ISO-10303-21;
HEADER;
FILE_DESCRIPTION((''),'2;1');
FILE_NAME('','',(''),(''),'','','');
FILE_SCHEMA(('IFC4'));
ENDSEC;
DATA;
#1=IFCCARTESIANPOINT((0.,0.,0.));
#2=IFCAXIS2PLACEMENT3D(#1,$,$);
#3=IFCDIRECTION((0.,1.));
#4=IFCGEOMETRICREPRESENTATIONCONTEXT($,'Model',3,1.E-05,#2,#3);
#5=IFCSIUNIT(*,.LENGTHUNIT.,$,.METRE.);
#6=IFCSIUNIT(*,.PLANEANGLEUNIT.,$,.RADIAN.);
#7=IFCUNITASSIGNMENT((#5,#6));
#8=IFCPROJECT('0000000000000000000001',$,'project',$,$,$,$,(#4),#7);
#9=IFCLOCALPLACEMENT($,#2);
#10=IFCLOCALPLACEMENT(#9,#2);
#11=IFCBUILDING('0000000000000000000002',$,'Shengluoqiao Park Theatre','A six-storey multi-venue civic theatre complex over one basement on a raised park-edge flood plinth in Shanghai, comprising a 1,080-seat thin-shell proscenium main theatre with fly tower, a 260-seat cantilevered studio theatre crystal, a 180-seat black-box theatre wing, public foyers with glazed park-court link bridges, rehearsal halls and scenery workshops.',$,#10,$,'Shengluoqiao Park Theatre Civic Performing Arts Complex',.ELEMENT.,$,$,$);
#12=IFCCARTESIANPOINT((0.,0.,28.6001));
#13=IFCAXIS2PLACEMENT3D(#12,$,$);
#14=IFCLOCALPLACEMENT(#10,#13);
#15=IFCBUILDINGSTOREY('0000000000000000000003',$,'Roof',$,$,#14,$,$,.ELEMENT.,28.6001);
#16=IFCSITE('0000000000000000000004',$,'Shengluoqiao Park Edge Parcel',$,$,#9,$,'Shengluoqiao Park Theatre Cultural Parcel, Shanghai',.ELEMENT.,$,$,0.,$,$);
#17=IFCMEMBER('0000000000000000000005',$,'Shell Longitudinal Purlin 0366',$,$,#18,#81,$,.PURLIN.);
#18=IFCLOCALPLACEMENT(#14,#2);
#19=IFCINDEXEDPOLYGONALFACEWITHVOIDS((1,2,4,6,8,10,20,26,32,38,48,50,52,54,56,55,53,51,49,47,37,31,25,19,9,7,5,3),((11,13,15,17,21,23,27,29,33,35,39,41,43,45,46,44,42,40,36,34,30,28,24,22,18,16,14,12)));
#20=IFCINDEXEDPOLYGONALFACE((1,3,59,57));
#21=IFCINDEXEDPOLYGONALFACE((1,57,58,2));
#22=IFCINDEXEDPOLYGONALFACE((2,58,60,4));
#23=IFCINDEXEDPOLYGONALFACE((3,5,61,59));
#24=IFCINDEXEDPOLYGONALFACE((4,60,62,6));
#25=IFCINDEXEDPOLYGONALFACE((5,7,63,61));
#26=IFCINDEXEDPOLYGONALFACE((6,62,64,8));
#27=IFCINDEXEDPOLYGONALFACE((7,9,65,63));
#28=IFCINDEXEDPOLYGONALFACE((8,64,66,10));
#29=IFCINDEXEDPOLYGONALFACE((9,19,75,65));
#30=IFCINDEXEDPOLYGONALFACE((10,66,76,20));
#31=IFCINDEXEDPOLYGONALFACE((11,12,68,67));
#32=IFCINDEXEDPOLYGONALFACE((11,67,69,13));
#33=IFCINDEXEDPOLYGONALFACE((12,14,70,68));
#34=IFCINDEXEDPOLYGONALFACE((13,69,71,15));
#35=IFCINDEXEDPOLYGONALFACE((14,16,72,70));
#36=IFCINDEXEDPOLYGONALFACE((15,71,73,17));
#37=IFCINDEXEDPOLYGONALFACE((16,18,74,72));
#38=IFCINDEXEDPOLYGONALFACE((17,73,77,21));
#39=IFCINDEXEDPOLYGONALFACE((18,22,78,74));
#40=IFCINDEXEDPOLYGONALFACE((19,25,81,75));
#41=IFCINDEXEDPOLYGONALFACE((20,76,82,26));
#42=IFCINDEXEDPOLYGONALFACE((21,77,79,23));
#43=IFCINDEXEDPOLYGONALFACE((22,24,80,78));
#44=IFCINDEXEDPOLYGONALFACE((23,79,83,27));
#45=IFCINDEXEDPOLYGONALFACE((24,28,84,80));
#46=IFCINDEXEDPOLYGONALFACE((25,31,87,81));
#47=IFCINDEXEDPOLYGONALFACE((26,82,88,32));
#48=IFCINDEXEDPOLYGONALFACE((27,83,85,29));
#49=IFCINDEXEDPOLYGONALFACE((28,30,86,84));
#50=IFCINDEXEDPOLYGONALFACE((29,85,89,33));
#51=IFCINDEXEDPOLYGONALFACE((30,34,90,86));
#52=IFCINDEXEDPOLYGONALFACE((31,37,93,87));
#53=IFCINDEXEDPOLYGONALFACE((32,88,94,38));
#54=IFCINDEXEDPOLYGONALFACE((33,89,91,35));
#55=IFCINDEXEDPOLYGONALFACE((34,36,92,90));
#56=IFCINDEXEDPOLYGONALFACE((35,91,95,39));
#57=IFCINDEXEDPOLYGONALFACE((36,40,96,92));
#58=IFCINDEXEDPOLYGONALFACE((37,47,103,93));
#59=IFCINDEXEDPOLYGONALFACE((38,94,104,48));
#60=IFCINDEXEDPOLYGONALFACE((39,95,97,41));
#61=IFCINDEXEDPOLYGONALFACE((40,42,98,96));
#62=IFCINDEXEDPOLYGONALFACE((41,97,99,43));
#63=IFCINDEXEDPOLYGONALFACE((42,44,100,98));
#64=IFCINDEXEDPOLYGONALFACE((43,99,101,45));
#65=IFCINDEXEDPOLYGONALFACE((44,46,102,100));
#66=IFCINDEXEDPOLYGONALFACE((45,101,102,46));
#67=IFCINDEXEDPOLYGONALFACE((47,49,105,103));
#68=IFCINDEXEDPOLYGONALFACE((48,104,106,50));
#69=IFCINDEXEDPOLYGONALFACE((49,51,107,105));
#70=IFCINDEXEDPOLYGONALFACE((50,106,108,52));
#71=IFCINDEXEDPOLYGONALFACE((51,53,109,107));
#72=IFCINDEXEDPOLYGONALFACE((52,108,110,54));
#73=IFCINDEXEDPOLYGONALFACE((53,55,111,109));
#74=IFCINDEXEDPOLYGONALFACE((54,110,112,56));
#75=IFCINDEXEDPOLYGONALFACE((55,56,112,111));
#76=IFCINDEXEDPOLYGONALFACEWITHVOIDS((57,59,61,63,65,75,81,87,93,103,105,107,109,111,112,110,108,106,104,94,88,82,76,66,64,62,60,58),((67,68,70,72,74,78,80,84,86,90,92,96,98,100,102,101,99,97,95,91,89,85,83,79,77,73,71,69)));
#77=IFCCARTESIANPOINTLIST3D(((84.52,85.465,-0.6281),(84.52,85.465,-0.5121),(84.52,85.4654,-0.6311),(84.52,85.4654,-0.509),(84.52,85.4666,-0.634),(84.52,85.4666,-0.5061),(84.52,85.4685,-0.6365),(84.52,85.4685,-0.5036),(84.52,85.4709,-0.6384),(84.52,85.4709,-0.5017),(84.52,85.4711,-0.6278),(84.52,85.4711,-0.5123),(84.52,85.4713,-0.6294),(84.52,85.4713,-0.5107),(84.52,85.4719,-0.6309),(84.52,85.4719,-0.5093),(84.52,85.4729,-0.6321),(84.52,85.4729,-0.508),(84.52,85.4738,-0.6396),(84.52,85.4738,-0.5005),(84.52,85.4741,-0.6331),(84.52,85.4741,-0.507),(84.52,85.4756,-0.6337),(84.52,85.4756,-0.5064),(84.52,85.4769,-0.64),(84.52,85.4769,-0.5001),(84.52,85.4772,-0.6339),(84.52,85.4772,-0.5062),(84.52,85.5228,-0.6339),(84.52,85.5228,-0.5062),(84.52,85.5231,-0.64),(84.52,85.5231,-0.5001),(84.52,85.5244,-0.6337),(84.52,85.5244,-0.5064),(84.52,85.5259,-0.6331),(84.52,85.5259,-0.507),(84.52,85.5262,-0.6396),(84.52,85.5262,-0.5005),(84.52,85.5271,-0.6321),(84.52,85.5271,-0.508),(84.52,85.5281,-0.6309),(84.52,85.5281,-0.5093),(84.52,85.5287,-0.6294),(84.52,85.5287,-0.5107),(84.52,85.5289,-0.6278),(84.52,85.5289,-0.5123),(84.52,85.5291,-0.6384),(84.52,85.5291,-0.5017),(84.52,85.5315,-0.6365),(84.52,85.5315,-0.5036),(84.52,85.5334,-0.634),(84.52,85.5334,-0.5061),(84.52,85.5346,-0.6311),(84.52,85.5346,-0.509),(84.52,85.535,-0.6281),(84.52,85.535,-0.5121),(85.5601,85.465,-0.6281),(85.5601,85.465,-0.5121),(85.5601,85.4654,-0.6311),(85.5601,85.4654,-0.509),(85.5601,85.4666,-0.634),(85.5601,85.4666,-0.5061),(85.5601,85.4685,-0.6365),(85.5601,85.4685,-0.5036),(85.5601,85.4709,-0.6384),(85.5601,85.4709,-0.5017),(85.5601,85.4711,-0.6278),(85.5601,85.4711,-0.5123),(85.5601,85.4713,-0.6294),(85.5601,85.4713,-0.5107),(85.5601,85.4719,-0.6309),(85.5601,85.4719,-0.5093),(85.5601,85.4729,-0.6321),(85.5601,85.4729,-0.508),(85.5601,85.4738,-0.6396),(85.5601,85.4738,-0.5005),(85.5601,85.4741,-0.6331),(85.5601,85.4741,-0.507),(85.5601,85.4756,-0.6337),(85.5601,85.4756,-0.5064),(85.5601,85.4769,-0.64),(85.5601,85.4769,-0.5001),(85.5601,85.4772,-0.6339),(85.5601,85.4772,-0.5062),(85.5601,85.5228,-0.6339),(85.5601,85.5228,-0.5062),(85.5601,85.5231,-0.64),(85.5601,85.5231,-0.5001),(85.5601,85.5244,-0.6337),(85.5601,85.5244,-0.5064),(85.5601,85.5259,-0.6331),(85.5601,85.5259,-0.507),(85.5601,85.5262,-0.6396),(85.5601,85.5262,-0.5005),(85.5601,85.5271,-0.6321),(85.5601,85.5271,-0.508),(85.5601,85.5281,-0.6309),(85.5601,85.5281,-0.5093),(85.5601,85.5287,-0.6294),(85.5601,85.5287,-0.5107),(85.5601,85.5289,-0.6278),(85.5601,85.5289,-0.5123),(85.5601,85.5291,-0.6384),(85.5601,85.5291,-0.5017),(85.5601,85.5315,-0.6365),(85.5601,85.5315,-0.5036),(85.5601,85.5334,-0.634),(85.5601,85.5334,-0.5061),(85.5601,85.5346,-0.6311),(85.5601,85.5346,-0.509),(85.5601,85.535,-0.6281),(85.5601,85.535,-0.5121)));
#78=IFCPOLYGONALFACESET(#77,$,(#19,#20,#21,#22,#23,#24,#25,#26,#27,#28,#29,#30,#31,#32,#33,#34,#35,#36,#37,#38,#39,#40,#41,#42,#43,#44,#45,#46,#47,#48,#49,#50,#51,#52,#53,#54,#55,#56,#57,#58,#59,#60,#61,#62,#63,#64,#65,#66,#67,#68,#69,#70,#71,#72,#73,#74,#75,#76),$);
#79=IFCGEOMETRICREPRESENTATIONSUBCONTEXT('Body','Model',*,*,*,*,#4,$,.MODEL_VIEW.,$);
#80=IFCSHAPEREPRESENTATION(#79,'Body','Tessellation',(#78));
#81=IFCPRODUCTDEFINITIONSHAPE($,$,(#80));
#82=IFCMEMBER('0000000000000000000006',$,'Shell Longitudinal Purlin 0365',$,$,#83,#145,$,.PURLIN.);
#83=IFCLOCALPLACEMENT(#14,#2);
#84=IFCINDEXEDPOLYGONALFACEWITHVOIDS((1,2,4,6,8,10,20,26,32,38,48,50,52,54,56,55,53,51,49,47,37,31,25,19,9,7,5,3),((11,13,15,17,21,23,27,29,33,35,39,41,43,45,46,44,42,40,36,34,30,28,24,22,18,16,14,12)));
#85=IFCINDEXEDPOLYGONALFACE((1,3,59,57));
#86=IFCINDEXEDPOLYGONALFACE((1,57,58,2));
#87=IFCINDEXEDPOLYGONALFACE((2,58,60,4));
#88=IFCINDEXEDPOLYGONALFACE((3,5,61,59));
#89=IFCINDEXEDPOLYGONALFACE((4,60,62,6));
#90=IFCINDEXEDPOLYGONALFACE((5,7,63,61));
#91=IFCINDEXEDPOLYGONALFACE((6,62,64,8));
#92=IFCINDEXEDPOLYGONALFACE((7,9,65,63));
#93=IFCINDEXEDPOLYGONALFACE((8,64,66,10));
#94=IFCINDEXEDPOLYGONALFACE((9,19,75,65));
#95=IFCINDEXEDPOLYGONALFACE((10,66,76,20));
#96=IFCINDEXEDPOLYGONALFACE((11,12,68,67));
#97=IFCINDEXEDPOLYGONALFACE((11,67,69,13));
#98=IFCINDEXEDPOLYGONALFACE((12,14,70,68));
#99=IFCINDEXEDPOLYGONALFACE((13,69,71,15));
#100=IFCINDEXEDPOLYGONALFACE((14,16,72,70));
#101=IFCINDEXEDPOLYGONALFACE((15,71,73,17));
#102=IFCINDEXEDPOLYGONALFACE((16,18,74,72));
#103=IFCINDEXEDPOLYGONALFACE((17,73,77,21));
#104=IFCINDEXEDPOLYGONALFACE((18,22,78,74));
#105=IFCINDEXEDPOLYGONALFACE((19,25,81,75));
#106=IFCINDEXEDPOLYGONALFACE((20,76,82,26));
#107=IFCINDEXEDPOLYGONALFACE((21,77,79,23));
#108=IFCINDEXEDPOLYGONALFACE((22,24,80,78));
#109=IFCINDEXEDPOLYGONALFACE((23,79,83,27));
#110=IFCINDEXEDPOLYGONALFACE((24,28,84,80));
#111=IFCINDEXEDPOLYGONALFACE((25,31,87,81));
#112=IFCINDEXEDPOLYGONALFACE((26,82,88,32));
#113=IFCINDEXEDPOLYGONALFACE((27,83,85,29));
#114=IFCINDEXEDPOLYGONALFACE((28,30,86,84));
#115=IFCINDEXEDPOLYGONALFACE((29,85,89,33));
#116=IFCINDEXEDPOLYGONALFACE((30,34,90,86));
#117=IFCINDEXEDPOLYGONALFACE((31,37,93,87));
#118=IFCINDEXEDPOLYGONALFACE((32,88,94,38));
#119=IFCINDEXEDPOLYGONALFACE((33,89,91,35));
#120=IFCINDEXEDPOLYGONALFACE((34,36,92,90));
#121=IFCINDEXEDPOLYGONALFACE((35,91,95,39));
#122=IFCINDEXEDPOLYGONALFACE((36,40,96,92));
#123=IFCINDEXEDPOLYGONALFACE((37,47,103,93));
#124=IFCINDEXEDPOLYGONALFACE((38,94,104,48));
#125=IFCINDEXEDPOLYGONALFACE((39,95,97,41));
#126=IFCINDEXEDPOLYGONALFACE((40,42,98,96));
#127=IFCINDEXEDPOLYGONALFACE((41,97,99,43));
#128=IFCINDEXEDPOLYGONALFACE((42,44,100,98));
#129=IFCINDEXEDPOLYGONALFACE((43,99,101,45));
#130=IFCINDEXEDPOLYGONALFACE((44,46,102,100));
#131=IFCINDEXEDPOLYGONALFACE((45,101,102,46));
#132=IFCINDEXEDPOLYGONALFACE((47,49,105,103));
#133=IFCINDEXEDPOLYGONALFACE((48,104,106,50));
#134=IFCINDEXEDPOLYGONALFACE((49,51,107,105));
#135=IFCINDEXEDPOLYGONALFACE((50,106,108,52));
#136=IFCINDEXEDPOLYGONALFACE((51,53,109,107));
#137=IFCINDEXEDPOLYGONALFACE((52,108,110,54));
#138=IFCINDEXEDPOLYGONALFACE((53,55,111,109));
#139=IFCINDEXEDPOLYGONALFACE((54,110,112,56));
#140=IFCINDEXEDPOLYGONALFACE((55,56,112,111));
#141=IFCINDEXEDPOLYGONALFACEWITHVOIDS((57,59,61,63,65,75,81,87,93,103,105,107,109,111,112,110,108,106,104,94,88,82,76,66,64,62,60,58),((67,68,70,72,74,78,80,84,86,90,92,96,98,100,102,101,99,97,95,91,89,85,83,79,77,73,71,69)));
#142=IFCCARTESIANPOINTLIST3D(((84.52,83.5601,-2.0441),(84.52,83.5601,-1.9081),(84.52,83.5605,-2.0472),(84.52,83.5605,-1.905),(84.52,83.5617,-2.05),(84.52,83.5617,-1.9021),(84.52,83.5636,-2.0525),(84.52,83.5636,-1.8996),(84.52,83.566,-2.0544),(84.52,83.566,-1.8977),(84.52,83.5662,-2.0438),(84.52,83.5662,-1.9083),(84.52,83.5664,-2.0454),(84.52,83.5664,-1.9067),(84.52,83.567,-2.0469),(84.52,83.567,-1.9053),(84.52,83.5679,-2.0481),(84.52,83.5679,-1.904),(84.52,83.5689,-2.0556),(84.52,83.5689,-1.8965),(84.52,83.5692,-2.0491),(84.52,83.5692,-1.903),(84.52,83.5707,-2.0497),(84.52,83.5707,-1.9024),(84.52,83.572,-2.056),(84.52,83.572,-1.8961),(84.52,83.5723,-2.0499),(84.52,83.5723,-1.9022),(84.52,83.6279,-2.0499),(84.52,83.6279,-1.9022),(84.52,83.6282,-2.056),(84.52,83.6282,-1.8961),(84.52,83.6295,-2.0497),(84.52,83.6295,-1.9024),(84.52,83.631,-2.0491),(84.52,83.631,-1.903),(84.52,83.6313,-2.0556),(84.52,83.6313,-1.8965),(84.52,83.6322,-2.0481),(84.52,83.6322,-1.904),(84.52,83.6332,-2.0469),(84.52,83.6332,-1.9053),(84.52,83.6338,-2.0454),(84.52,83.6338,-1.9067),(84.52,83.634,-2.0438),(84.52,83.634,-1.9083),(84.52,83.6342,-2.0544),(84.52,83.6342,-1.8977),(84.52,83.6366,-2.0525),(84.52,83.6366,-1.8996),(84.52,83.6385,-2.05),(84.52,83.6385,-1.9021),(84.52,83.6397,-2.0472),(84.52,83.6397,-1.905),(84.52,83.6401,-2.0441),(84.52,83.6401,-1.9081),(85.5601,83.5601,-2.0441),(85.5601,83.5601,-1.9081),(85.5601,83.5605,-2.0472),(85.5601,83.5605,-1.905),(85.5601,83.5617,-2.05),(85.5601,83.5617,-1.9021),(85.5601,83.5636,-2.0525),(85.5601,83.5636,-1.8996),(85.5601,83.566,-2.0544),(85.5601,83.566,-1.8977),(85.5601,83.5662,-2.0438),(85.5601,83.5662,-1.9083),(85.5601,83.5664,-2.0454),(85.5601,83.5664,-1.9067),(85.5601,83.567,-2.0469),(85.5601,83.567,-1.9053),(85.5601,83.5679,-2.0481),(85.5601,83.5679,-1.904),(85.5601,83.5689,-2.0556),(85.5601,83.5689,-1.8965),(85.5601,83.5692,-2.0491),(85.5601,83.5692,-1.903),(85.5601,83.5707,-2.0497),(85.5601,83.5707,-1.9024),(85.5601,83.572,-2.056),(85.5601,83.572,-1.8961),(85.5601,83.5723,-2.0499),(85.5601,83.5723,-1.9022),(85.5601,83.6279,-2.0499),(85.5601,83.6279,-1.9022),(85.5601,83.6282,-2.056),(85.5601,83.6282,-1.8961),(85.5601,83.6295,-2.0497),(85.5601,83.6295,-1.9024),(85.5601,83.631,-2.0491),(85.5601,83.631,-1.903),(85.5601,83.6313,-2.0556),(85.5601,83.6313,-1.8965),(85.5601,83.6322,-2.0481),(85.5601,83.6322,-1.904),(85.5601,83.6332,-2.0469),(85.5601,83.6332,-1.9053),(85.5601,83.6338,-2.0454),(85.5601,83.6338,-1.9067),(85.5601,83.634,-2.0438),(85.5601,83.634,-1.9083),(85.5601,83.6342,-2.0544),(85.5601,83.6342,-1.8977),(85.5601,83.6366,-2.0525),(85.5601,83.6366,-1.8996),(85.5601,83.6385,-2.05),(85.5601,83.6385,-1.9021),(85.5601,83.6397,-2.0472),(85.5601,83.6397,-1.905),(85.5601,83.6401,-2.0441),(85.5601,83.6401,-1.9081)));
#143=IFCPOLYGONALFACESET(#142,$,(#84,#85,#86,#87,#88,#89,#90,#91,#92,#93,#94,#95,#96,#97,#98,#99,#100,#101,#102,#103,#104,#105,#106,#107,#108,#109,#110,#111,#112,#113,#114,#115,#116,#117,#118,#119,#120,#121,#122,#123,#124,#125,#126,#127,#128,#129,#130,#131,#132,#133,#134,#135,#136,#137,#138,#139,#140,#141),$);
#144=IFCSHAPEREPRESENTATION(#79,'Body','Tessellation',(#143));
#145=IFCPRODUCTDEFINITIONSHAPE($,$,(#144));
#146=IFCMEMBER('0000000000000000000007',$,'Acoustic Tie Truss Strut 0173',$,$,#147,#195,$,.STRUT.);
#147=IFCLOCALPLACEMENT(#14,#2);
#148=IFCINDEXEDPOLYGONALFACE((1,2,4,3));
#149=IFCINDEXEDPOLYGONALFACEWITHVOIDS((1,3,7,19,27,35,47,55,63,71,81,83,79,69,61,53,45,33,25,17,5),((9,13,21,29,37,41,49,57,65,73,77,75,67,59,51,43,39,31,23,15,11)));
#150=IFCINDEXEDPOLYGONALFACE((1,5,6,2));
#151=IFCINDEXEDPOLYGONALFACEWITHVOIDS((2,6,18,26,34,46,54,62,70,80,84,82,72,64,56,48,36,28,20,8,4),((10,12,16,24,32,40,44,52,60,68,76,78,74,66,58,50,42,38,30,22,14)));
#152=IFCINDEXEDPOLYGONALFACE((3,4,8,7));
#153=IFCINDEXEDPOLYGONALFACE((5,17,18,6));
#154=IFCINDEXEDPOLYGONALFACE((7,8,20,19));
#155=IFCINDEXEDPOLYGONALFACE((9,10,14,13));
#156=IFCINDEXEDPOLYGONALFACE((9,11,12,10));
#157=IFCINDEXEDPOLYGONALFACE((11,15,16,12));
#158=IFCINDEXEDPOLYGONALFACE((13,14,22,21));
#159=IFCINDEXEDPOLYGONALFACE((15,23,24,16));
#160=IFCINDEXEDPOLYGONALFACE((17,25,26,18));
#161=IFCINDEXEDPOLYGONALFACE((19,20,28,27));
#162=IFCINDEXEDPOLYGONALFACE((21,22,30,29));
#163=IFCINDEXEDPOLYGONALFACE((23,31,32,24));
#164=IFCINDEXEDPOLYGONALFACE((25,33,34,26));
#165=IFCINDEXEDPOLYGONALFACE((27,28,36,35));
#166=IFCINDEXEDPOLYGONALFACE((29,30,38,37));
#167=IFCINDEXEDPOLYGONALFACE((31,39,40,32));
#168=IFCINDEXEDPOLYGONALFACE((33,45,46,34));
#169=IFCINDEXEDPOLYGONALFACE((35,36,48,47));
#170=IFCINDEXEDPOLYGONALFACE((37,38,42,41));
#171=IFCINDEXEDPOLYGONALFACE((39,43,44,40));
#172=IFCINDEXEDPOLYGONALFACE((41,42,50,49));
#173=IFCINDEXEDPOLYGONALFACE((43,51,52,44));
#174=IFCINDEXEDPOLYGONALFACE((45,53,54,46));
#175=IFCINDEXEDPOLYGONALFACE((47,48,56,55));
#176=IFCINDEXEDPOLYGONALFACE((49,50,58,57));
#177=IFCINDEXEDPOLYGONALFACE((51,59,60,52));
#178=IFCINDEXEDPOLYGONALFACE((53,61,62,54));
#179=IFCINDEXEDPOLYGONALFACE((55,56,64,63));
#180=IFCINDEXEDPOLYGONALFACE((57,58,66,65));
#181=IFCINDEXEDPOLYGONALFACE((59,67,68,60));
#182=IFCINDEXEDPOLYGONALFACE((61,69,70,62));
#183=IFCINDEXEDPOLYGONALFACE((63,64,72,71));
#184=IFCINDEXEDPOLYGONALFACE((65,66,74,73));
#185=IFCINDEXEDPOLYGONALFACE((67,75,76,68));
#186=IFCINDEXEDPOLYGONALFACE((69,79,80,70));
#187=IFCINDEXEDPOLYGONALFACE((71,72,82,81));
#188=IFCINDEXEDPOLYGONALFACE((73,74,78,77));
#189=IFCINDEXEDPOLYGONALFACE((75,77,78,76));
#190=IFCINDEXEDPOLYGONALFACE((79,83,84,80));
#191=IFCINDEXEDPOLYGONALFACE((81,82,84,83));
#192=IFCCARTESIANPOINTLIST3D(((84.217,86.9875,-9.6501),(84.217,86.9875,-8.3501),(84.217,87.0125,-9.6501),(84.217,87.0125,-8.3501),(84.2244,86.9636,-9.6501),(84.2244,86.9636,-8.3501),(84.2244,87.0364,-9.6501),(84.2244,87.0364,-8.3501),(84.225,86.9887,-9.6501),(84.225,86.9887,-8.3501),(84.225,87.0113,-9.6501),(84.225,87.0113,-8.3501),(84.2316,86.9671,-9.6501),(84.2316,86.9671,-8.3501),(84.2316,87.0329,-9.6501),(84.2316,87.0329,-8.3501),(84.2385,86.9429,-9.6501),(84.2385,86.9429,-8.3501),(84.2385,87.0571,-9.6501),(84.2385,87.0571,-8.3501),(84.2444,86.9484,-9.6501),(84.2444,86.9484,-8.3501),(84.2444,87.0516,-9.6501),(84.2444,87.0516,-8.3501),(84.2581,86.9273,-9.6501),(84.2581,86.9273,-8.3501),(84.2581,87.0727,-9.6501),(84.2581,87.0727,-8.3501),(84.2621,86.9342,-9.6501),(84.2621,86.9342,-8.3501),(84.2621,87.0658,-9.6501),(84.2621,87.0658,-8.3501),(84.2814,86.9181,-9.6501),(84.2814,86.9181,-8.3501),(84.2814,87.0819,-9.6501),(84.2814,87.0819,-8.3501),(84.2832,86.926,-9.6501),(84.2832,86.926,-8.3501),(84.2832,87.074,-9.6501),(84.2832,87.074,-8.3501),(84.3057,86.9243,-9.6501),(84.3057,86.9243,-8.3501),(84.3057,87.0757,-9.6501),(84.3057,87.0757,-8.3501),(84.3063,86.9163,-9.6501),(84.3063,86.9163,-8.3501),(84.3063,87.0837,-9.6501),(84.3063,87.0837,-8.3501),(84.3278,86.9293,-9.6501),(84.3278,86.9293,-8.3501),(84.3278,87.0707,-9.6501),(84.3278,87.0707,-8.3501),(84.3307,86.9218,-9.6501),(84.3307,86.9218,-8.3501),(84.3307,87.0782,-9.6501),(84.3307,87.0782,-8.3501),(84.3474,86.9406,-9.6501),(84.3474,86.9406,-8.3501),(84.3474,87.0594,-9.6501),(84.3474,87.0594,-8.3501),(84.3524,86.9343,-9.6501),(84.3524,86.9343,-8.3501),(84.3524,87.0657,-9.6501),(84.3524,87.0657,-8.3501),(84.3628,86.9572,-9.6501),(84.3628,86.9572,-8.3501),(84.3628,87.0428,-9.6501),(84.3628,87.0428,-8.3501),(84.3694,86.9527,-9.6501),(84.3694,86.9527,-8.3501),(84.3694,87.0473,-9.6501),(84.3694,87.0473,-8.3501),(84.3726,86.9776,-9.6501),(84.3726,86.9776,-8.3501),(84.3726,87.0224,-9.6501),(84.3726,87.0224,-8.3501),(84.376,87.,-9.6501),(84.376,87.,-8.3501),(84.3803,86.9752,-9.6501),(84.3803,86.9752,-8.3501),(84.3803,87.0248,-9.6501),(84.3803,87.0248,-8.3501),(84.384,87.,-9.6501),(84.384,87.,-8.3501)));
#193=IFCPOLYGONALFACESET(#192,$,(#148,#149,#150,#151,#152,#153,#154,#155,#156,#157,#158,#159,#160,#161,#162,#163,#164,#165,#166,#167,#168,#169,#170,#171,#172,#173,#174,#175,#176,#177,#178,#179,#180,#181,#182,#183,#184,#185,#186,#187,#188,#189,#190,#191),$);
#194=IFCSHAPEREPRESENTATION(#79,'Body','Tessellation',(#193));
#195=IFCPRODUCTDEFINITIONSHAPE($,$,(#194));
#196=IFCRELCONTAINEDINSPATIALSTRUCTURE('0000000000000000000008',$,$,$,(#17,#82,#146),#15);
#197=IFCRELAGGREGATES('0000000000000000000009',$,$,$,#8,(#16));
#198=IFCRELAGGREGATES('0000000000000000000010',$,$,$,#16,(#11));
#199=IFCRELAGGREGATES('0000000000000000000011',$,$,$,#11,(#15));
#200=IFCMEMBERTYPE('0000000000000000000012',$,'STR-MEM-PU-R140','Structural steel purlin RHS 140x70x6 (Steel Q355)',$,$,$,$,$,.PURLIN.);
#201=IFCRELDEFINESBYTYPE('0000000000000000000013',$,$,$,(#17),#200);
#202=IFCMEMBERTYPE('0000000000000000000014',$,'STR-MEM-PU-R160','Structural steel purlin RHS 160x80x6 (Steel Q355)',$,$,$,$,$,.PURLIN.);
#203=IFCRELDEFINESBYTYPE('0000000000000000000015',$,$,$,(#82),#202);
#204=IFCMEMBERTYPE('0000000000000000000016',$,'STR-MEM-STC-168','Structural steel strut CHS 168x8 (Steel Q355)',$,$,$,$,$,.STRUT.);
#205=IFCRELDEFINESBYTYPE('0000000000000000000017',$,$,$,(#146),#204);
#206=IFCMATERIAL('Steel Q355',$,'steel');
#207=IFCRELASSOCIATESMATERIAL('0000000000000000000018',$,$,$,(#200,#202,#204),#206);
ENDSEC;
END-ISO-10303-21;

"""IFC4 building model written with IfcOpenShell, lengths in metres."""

from ifc_helpers import new_model, si_unit, direction, frame, origin, origin_2d, place, context, subcontext, project, spatial, hollow_rectangle, hollow_circle, extrude, material, material_profile, profile_set, type_object, element, save


model = new_model("IFC4")

# Units and contexts
model_context = context("Model", 3, precision=1e-05, world=origin(), true_north=direction((0.0, 1.0)))
body_context = subcontext(model_context, "Body", "Model", "MODEL_VIEW")
ifc_project = project(units=[si_unit("LENGTHUNIT", "METRE"), si_unit("PLANEANGLEUNIT", "RADIAN")], contexts=[model_context])

# Site, building, storey
site_placement = place(None, origin())
site = spatial("IfcSite", under=ifc_project, at=site_placement, Name="Shengluoqiao Park Edge Parcel", LongName="Shengluoqiao Park Theatre Cultural Parcel, Shanghai", CompositionType="ELEMENT", RefElevation=0.0)
building_placement = place(site_placement, origin())
building = spatial("IfcBuilding", under=site, at=building_placement, Name="Shengluoqiao Park Theatre", Description="A six-storey multi-venue civic theatre complex over one basement on a raised park-edge flood plinth in Shanghai, comprising a 1,080-seat thin-shell proscenium main theatre with fly tower, a 260-seat cantilevered studio theatre crystal, a 180-seat black-box theatre wing, public foyers with glazed park-court link bridges, rehearsal halls and scenery workshops.", LongName="Shengluoqiao Park Theatre Civic Performing Arts Complex", CompositionType="ELEMENT")
storey_placement = place(building_placement, frame((0.0, 0.0, 28.6001)))
storey = spatial("IfcBuildingStorey", under=building, at=storey_placement, Name="Roof", CompositionType="ELEMENT", Elevation=28.6001)

# Shared definitions
ifc_material_1 = material(Name="Steel Q355", Category="steel")

# Members
ifc_material_profile_1 = material_profile(ifc_material_1, hollow_rectangle(XDim=0.0701, YDim=0.1399, WallThickness=0.0061, InnerFilletRadius=0.0061, OuterFilletRadius=0.012, at=origin_2d()), Name="RHS 140x70x6")
ifc_profile_set_1 = profile_set([ifc_material_profile_1], Name="Steel Q355")
member_type_1 = type_object("IfcMemberType", Name="STR-MEM-PU-R140", Description="Structural steel purlin RHS 140x70x6 (Steel Q355)", PredefinedType="PURLIN", material=ifc_profile_set_1)
member_1_placement = place(storey_placement, frame((84.52, 85.5, -0.5701), z_axis=(1.0, 0.0, 0.0), x_axis=(0.0, 1.0, 0.0)))
element("IfcMember", 1, at=member_1_placement, inside=storey, type_object=member_type_1, Name="Shell Longitudinal Purlin 0366", PredefinedType="PURLIN", context=body_context, shape_type="SweptSolid", body=[
    extrude(hollow_rectangle(XDim=0.0701, YDim=0.1399, WallThickness=0.0061, InnerFilletRadius=0.0061, OuterFilletRadius=0.012, at=origin_2d()), origin(), (0.0, 0.0, 1.0), 1.04),
])
ifc_material_profile_2 = material_profile(ifc_material_1, hollow_rectangle(XDim=0.0801, YDim=0.1599, WallThickness=0.0061, InnerFilletRadius=0.0061, OuterFilletRadius=0.012, at=origin_2d()), Name="RHS 160x80x6")
ifc_profile_set_2 = profile_set([ifc_material_profile_2], Name="Steel Q355")
member_type_2 = type_object("IfcMemberType", Name="STR-MEM-PU-R160", Description="Structural steel purlin RHS 160x80x6 (Steel Q355)", PredefinedType="PURLIN", material=ifc_profile_set_2)
member_2_placement = place(storey_placement, frame((84.52, 83.6001, -1.9761), z_axis=(1.0, 0.0, 0.0), x_axis=(0.0, 1.0, 0.0)))
element("IfcMember", 2, at=member_2_placement, inside=storey, type_object=member_type_2, Name="Shell Longitudinal Purlin 0365", PredefinedType="PURLIN", context=body_context, shape_type="SweptSolid", body=[
    extrude(hollow_rectangle(XDim=0.0801, YDim=0.1599, WallThickness=0.0061, InnerFilletRadius=0.0061, OuterFilletRadius=0.012, at=origin_2d()), origin(), (0.0, 0.0, 1.0), 1.04),
])
ifc_material_profile_3 = material_profile(ifc_material_1, hollow_circle(Radius=0.084, WallThickness=0.0081, at=origin_2d()), Name="CHS 168x8")
ifc_profile_set_3 = profile_set([ifc_material_profile_3], Name="Steel Q355")
member_type_3 = type_object("IfcMemberType", Name="STR-MEM-STC-168", Description="Structural steel strut CHS 168x8 (Steel Q355)", PredefinedType="STRUT", material=ifc_profile_set_3)
for number, where, z_axis, x_axis, name in (
    (3, (84.3, 87.0, -9.6501), (0.0, 0.0, 1.0), (1.0, 0.0, 0.0), "Acoustic Tie Truss Strut 0173"),
):
    element("IfcMember", number, at=place(storey_placement, frame(where, z_axis=z_axis, x_axis=x_axis)), inside=storey, type_object=member_type_3, Name=name, PredefinedType="STRUT", context=body_context, shape_type="SweptSolid", body=[
        extrude(hollow_circle(Radius=0.084, WallThickness=0.0081, at=origin_2d()), origin(), (0.0, 0.0, 1.0), 1.3),
    ])

save(model, "model.ifc")
